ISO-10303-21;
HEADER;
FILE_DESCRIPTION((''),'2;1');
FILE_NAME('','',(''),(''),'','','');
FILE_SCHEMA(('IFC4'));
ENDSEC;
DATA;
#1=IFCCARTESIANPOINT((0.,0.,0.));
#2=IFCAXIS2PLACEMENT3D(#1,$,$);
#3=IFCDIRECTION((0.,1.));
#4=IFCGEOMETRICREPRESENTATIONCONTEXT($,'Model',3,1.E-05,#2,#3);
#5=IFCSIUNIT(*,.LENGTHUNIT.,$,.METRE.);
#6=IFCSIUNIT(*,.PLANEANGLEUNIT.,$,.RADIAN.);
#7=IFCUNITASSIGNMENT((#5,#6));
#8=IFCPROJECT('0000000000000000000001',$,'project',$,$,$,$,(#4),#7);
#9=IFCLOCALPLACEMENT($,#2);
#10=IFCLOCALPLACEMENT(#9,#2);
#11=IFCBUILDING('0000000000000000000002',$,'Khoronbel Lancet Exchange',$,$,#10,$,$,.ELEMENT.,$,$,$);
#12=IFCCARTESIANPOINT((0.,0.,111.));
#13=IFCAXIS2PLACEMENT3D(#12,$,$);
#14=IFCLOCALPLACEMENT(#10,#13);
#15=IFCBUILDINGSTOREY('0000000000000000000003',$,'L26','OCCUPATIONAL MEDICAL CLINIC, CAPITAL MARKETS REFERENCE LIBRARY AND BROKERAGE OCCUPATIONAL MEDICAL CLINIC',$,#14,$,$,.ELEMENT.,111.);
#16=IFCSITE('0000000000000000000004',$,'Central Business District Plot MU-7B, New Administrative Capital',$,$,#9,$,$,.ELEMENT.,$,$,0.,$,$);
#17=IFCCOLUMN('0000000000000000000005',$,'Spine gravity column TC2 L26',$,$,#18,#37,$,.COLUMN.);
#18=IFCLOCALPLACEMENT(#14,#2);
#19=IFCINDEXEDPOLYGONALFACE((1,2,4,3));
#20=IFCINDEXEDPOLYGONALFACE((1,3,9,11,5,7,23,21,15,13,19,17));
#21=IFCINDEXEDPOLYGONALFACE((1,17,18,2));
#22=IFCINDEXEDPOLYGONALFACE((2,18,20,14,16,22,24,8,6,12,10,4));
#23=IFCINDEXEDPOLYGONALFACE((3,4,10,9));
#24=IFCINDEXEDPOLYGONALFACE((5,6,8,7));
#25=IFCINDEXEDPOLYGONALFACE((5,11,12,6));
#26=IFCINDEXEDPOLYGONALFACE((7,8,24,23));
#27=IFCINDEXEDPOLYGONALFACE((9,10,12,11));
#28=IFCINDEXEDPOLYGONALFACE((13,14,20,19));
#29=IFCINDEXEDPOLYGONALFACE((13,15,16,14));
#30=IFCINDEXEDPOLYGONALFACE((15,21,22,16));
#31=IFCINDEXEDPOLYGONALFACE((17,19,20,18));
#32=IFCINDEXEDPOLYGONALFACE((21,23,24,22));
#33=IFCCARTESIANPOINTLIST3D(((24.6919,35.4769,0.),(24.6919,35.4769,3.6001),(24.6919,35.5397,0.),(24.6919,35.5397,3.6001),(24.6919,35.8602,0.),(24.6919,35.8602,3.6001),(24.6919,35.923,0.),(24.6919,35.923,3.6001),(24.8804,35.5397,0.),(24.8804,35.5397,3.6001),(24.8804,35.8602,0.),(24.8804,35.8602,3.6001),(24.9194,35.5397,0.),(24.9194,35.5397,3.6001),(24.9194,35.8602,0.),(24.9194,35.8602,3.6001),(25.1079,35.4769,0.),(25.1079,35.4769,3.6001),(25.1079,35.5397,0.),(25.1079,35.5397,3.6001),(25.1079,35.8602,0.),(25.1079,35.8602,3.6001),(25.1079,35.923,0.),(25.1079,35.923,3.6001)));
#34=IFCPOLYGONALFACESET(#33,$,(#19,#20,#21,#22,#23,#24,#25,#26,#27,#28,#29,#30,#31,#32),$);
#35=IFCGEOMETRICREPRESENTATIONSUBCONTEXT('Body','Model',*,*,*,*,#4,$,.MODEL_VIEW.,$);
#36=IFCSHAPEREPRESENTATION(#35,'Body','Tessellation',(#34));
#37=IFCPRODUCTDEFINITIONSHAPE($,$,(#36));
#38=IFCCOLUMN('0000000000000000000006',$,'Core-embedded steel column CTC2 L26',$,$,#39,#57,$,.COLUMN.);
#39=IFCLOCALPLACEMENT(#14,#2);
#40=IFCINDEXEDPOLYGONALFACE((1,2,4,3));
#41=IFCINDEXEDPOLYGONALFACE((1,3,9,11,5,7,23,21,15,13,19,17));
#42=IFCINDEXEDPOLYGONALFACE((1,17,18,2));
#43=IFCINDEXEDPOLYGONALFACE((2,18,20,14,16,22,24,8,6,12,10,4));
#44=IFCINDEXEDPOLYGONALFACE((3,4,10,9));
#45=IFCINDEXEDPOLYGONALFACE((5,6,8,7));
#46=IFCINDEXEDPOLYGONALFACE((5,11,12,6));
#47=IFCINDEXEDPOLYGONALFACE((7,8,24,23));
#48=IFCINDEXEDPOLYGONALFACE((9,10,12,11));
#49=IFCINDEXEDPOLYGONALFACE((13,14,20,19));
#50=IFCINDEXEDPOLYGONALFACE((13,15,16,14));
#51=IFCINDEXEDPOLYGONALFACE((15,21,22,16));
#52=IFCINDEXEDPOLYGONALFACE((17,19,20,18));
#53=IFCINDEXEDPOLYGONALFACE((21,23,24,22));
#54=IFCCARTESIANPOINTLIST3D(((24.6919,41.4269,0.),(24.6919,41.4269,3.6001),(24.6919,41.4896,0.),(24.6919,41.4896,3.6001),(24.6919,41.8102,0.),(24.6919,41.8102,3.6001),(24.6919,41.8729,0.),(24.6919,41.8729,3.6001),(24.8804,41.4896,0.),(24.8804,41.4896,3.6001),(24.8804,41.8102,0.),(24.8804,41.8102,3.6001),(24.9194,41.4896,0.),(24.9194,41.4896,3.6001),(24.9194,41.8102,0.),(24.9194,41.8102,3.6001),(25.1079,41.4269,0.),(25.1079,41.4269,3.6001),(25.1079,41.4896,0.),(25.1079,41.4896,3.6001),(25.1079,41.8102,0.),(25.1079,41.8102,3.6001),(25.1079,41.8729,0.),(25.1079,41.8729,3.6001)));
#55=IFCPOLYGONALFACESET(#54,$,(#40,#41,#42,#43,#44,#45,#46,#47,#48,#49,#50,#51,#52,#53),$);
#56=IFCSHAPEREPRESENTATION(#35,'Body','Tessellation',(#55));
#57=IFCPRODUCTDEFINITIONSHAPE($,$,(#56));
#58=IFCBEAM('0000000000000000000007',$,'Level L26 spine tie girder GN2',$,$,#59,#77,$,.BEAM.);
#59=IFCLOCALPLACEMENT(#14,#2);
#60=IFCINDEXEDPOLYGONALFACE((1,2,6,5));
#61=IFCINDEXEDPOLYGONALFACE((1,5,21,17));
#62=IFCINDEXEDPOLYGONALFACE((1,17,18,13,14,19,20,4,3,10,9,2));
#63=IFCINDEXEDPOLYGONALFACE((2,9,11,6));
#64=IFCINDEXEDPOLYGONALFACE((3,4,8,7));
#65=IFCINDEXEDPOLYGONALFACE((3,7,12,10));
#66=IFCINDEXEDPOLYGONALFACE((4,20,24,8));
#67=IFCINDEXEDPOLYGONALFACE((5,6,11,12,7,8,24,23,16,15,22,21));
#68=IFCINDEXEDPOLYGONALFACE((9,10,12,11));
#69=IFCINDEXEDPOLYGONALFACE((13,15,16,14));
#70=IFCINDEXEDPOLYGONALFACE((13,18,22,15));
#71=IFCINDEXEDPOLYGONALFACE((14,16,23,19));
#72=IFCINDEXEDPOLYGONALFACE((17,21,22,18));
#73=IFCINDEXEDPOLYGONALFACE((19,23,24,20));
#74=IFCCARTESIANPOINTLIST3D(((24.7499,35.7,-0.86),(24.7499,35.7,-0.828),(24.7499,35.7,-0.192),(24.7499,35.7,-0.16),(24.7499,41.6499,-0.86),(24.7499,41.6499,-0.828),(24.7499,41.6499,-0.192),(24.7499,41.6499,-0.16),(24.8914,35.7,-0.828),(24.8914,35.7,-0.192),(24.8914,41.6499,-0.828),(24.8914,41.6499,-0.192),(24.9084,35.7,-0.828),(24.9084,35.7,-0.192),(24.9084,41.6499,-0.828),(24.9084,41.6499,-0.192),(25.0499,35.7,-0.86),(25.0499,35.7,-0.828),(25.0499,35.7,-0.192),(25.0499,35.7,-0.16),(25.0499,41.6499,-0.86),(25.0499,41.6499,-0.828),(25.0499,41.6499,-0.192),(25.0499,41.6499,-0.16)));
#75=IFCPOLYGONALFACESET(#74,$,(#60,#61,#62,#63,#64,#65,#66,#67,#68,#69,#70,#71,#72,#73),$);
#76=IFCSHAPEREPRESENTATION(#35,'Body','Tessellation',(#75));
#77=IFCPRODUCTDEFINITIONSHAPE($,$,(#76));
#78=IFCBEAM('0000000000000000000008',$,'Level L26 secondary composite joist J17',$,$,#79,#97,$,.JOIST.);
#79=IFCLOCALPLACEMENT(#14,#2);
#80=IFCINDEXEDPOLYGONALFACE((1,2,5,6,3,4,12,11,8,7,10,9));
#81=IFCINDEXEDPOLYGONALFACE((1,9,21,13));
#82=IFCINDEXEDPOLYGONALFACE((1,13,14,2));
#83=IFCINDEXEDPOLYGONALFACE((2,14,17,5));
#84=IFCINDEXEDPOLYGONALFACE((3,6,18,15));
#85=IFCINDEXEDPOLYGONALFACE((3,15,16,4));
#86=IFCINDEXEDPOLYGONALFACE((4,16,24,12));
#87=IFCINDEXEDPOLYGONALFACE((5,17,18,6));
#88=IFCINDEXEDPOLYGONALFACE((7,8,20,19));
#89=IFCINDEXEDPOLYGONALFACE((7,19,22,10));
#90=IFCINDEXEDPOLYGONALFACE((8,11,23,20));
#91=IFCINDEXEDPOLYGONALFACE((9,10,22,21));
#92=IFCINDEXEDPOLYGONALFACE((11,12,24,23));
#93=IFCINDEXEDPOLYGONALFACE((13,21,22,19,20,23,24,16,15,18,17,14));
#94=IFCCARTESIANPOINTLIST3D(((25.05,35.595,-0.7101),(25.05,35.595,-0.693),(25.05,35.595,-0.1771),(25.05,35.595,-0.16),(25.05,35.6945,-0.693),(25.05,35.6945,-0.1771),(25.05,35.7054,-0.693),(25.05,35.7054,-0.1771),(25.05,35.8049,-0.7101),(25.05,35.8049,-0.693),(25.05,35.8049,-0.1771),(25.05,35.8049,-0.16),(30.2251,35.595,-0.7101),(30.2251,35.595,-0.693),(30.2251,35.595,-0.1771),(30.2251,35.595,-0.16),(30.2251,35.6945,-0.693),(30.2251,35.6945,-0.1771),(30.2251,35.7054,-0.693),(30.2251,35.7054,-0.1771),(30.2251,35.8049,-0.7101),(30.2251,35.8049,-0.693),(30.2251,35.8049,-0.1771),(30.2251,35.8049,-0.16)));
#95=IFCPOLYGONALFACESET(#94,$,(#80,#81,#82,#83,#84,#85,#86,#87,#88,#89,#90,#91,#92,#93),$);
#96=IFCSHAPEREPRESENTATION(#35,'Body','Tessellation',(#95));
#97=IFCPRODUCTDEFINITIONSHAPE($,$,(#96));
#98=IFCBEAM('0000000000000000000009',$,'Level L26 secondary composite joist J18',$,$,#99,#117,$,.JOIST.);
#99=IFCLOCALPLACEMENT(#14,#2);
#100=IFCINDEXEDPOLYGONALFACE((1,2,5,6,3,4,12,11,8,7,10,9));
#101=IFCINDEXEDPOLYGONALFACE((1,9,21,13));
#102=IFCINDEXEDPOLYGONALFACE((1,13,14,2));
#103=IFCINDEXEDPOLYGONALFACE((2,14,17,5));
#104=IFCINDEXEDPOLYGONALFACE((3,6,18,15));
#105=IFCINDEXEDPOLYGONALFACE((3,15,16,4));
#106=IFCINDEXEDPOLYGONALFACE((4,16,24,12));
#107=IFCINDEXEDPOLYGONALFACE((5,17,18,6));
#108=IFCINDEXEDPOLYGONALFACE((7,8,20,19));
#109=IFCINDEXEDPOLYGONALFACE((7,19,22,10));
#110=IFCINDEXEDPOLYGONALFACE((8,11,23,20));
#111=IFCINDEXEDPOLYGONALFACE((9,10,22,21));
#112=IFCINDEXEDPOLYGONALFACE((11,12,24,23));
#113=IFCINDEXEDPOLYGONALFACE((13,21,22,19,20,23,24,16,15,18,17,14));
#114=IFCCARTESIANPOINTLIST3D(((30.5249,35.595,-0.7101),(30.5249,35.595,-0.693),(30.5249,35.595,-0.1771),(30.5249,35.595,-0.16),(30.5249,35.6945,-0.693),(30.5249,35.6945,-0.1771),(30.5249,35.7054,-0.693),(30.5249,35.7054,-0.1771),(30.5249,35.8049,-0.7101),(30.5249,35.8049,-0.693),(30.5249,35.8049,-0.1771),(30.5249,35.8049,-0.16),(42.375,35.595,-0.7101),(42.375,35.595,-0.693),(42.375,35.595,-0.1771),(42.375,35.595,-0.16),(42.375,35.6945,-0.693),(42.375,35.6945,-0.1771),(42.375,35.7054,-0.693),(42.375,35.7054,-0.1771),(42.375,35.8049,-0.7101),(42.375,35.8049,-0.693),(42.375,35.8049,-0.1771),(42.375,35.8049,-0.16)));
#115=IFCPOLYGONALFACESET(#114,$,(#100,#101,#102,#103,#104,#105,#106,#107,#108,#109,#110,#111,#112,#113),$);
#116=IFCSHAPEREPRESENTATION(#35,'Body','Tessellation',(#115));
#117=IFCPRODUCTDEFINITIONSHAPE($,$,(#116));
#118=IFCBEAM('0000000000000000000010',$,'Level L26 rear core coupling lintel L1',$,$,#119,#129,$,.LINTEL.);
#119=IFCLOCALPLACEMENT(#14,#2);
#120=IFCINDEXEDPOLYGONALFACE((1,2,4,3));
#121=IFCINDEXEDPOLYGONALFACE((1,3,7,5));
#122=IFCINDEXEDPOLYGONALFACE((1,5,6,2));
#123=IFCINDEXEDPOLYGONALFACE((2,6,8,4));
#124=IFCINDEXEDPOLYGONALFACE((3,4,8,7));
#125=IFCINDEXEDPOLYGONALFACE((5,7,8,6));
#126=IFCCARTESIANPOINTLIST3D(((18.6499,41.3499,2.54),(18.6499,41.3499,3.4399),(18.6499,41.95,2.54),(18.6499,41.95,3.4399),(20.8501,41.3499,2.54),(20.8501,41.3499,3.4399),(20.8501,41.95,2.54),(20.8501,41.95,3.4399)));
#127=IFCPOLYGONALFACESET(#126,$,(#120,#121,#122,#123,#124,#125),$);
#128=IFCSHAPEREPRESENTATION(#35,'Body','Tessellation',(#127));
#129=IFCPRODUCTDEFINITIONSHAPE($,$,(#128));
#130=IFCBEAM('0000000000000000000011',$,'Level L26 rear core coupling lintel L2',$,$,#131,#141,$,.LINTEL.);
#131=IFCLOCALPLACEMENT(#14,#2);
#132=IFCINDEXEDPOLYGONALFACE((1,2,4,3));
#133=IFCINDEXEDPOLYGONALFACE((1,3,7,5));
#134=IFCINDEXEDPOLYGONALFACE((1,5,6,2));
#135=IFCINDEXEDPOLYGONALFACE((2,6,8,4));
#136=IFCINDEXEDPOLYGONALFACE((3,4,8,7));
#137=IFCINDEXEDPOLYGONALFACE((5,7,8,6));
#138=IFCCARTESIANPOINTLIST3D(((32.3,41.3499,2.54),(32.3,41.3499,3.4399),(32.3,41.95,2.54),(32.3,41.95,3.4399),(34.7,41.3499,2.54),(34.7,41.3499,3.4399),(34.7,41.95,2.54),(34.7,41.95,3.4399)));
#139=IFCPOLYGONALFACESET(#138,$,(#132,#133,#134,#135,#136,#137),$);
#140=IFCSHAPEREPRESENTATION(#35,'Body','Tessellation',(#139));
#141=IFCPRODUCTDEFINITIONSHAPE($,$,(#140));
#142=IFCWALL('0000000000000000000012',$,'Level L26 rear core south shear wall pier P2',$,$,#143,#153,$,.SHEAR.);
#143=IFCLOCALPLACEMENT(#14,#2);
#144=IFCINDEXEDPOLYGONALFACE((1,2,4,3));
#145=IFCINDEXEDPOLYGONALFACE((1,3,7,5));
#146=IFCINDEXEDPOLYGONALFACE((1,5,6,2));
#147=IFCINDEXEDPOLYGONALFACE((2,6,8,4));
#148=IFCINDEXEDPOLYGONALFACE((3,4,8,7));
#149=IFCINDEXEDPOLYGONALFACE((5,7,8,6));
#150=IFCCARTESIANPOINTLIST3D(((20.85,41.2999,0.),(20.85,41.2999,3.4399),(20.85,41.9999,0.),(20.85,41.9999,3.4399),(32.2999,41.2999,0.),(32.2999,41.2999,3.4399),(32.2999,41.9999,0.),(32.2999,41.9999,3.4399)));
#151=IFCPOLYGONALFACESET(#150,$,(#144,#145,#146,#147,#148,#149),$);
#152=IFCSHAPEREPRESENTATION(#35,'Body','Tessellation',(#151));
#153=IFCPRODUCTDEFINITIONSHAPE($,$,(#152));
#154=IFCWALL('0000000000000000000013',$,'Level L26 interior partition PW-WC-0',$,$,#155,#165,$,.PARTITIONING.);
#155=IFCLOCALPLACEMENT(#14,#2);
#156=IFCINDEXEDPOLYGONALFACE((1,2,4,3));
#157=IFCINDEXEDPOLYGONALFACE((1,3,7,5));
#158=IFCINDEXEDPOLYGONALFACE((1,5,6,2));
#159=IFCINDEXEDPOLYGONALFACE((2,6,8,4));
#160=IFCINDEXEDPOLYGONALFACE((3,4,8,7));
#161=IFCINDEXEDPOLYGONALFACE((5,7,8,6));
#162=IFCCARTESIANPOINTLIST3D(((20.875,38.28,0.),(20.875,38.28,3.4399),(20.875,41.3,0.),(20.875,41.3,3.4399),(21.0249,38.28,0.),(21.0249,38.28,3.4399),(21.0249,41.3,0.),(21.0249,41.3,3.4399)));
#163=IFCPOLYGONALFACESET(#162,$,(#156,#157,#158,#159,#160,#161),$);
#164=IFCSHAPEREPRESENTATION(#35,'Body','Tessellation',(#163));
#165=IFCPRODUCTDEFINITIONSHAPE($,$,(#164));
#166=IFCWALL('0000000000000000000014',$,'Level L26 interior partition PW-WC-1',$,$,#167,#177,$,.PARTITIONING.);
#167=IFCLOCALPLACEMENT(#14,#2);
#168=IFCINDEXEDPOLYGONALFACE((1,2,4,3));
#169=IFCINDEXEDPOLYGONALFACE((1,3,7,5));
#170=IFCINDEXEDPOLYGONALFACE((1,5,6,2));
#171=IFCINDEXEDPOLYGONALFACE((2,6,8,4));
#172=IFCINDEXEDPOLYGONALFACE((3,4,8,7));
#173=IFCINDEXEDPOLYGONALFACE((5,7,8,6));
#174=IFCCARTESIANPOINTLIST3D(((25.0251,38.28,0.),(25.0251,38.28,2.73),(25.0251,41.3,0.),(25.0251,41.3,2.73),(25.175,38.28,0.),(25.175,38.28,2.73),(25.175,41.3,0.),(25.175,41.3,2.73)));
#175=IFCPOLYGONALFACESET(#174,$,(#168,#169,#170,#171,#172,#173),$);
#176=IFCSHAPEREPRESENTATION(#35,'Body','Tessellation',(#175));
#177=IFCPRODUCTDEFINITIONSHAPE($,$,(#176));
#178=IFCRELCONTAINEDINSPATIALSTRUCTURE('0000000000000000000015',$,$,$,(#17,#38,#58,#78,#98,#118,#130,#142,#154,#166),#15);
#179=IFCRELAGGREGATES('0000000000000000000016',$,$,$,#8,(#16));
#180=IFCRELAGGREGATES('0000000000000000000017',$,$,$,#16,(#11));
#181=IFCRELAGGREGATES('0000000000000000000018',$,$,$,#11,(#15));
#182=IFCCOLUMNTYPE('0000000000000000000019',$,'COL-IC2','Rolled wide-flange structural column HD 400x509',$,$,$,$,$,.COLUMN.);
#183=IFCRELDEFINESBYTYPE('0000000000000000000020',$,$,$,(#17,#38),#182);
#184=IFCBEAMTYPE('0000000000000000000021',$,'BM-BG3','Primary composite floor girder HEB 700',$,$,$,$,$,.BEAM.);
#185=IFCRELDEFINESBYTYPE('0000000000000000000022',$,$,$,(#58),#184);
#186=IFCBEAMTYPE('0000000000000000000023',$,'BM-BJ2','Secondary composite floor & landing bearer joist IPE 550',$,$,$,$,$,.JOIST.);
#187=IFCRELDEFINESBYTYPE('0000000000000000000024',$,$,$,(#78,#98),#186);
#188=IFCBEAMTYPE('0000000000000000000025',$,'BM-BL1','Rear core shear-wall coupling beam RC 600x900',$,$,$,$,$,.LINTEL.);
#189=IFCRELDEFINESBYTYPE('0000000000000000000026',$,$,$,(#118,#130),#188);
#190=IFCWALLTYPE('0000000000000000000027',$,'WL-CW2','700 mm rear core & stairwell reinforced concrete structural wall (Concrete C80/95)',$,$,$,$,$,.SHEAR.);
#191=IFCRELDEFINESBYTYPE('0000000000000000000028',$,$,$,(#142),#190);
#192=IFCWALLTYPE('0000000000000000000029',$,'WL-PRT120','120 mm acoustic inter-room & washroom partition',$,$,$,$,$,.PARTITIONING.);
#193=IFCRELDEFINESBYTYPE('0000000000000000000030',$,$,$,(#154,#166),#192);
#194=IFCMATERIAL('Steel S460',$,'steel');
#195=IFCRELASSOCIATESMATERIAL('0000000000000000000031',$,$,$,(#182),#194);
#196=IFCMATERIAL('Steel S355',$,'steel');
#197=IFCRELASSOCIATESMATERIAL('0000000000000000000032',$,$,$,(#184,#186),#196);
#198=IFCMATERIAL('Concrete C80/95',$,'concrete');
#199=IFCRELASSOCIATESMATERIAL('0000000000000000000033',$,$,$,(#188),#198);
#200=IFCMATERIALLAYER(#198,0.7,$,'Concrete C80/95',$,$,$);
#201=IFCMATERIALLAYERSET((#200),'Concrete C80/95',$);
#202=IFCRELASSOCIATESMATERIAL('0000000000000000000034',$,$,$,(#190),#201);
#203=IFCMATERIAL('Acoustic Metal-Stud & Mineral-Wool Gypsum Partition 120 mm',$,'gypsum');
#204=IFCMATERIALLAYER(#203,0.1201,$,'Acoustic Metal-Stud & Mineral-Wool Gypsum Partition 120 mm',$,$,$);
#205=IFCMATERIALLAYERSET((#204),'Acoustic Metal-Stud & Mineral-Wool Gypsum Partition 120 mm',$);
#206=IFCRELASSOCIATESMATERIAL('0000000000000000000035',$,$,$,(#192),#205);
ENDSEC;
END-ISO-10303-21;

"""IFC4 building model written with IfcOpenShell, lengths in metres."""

from ifc_helpers import new_model, si_unit, direction, frame, frame_2d, origin, origin_2d, place, context, subcontext, project, spatial, rectangle, i_section, extrude, material, layer, layer_set, material_profile, profile_set, type_object, element, save


model = new_model("IFC4")

# Units and contexts
model_context = context("Model", 3, precision=1e-05, world=origin(), true_north=direction((0.0, 1.0)))
body_context = subcontext(model_context, "Body", "Model", "MODEL_VIEW")
ifc_project = project(units=[si_unit("LENGTHUNIT", "METRE"), si_unit("PLANEANGLEUNIT", "RADIAN")], contexts=[model_context])

# Site, building, storey
site_placement = place(None, origin())
site = spatial("IfcSite", under=ifc_project, at=site_placement, Name="Central Business District Plot MU-7B, New Administrative Capital", CompositionType="ELEMENT", RefElevation=0.0)
building_placement = place(site_placement, origin())
building = spatial("IfcBuilding", under=site, at=building_placement, Name="Khoronbel Lancet Exchange", CompositionType="ELEMENT")
storey_placement = place(building_placement, frame((0.0, 0.0, 111.0)))
storey = spatial("IfcBuildingStorey", under=building, at=storey_placement, Name="L26", Description="OCCUPATIONAL MEDICAL CLINIC, CAPITAL MARKETS REFERENCE LIBRARY AND BROKERAGE OCCUPATIONAL MEDICAL CLINIC", CompositionType="ELEMENT", Elevation=111.0)

# Columns
ifc_material_1 = material(Name="Steel S460", Category="steel")
ifc_material_profile_1 = material_profile(ifc_material_1, i_section(OverallWidth=0.416, OverallDepth=0.446, WebThickness=0.0391, FlangeThickness=0.0627, at=origin_2d()), Name="HD 400x509")
ifc_profile_set_1 = profile_set([ifc_material_profile_1], Name="Steel S460")
column_type = type_object("IfcColumnType", Name="COL-IC2", Description="Rolled wide-flange structural column HD 400x509", PredefinedType="COLUMN", material=ifc_profile_set_1)
for number, where, z_axis, x_axis, name in (
    (1, (24.8999, 35.7, 0.0), (0.0, 0.0, 1.0), (1.0, 0.0, 0.0), "Spine gravity column TC2 L26"),
    (2, (24.8999, 41.6499, 0.0), (0.0, 0.0, 1.0), (1.0, 0.0, 0.0), "Core-embedded steel column CTC2 L26"),
):
    element("IfcColumn", number, at=place(storey_placement, frame(where, z_axis=z_axis, x_axis=x_axis)), inside=storey, type_object=column_type, Name=name, PredefinedType="COLUMN", context=body_context, shape_type="SweptSolid", body=[
        extrude(i_section(OverallWidth=0.416, OverallDepth=0.446, WebThickness=0.0391, FlangeThickness=0.0627, at=origin_2d()), origin(), (0.0, 0.0, 1.0), 3.6001),
    ])

# Beams
ifc_material_2 = material(Name="Steel S355", Category="steel")
ifc_material_profile_2 = material_profile(ifc_material_2, i_section(OverallWidth=0.3, OverallDepth=0.7, WebThickness=0.0171, FlangeThickness=0.032, at=origin_2d()), Name="HEB 700")
ifc_profile_set_2 = profile_set([ifc_material_profile_2], Name="Steel S355")
beam_type_1 = type_object("IfcBeamType", Name="BM-BG3", Description="Primary composite floor girder HEB 700", PredefinedType="BEAM", material=ifc_profile_set_2)
beam_1_placement = place(storey_placement, frame((24.8999, 35.7, -0.51), z_axis=(0.0, 1.0, 0.0), x_axis=(-1.0, 0.0, 0.0)))
element("IfcBeam", 3, at=beam_1_placement, inside=storey, type_object=beam_type_1, Name="Level L26 spine tie girder GN2", PredefinedType="BEAM", context=body_context, shape_type="SweptSolid", body=[
    extrude(i_section(OverallWidth=0.3, OverallDepth=0.7, WebThickness=0.0171, FlangeThickness=0.032, at=origin_2d()), origin(), (0.0, 0.0, 1.0), 5.95),
])
ifc_material_profile_3 = material_profile(ifc_material_2, i_section(OverallWidth=0.21, OverallDepth=0.55, WebThickness=0.011, FlangeThickness=0.0171, at=origin_2d()), Name="IPE 550")
ifc_profile_set_3 = profile_set([ifc_material_profile_3], Name="Steel S355")
beam_type_2 = type_object("IfcBeamType", Name="BM-BJ2", Description="Secondary composite floor & landing bearer joist IPE 550", PredefinedType="JOIST", material=ifc_profile_set_3)
beam_2_placement = place(storey_placement, frame((25.05, 35.7, -0.4351), z_axis=(1.0, 0.0, 0.0), x_axis=(0.0, 1.0, 0.0)))
element("IfcBeam", 4, at=beam_2_placement, inside=storey, type_object=beam_type_2, Name="Level L26 secondary composite joist J17", PredefinedType="JOIST", context=body_context, shape_type="SweptSolid", body=[
    extrude(i_section(OverallWidth=0.21, OverallDepth=0.55, WebThickness=0.011, FlangeThickness=0.0171, at=origin_2d()), origin(), (0.0, 0.0, 1.0), 5.175),
])
beam_3_placement = place(storey_placement, frame((30.5249, 35.7, -0.4351), z_axis=(1.0, 0.0, 0.0), x_axis=(0.0, 1.0, 0.0)))
element("IfcBeam", 5, at=beam_3_placement, inside=storey, type_object=beam_type_2, Name="Level L26 secondary composite joist J18", PredefinedType="JOIST", context=body_context, shape_type="SweptSolid", body=[
    extrude(i_section(OverallWidth=0.21, OverallDepth=0.55, WebThickness=0.011, FlangeThickness=0.0171, at=origin_2d()), origin(), (0.0, 0.0, 1.0), 11.8501),
])
ifc_material_3 = material(Name="Concrete C80/95", Category="concrete")
ifc_material_profile_4 = material_profile(ifc_material_3, rectangle(XDim=0.6001, YDim=0.8999, at=origin_2d()), Name="RC 600x900")
ifc_profile_set_4 = profile_set([ifc_material_profile_4], Name="Concrete C80/95")
beam_type_3 = type_object("IfcBeamType", Name="BM-BL1", Description="Rear core shear-wall coupling beam RC 600x900", PredefinedType="LINTEL", material=ifc_profile_set_4)
beam_4_placement = place(storey_placement, frame((18.6499, 41.6499, 2.99), z_axis=(1.0, 0.0, 0.0), x_axis=(0.0, 1.0, 0.0)))
element("IfcBeam", 6, at=beam_4_placement, inside=storey, type_object=beam_type_3, Name="Level L26 rear core coupling lintel L1", PredefinedType="LINTEL", context=body_context, shape_type="SweptSolid", body=[
    extrude(rectangle(XDim=0.6001, YDim=0.8999, at=origin_2d()), origin(), (0.0, 0.0, 1.0), 2.2002),
])
beam_5_placement = place(storey_placement, frame((32.3, 41.6499, 2.99), z_axis=(1.0, 0.0, 0.0), x_axis=(0.0, 1.0, 0.0)))
element("IfcBeam", 7, at=beam_5_placement, inside=storey, type_object=beam_type_3, Name="Level L26 rear core coupling lintel L2", PredefinedType="LINTEL", context=body_context, shape_type="SweptSolid", body=[
    extrude(rectangle(XDim=0.6001, YDim=0.8999, at=origin_2d()), origin(), (0.0, 0.0, 1.0), 2.3999),
])

# Walls
ifc_layer_1 = layer(ifc_material_3, 0.7, Name="Concrete C80/95")
ifc_layer_set_1 = layer_set([ifc_layer_1], Name="Concrete C80/95")
wall_type_1 = type_object("IfcWallType", Name="WL-CW2", Description="700 mm rear core & stairwell reinforced concrete structural wall (Concrete C80/95)", PredefinedType="SHEAR", material=ifc_layer_set_1)
wall_1_placement = place(storey_placement, frame((32.3, 41.6499, 0.0), z_axis=(0.0, 0.0, 1.0), x_axis=(-1.0, 0.0, 0.0)))
element("IfcWall", 8, at=wall_1_placement, inside=storey, type_object=wall_type_1, Name="Level L26 rear core south shear wall pier P2", PredefinedType="SHEAR", context=body_context, shape_type="SweptSolid", body=[
    extrude(rectangle(XDim=11.45, YDim=0.7, at=frame_2d((5.7251, 0.0))), origin(), (0.0, 0.0, 1.0), 3.4399),
])
ifc_material_4 = material(Name="Acoustic Metal-Stud & Mineral-Wool Gypsum Partition 120 mm", Category="gypsum")
ifc_layer_2 = layer(ifc_material_4, 0.1201, Name="Acoustic Metal-Stud & Mineral-Wool Gypsum Partition 120 mm")
ifc_layer_set_2 = layer_set([ifc_layer_2], Name="Acoustic Metal-Stud & Mineral-Wool Gypsum Partition 120 mm")
wall_type_2 = type_object("IfcWallType", Name="WL-PRT120", Description="120 mm acoustic inter-room & washroom partition", PredefinedType="PARTITIONING", material=ifc_layer_set_2)
wall_2_placement = place(storey_placement, frame((20.95, 38.28, 0.0), z_axis=(0.0, 0.0, 1.0), x_axis=(0.0, 1.0, 0.0)))
element("IfcWall", 9, at=wall_2_placement, inside=storey, type_object=wall_type_2, Name="Level L26 interior partition PW-WC-0", PredefinedType="PARTITIONING", context=body_context, shape_type="SweptSolid", body=[
    extrude(rectangle(XDim=3.02, YDim=0.1499, at=frame_2d((1.51, 0.0))), origin(), (0.0, 0.0, 1.0), 3.4399),
])
wall_3_placement = place(storey_placement, frame((25.1001, 38.28, 0.0), z_axis=(0.0, 0.0, 1.0), x_axis=(0.0, 1.0, 0.0)))
element("IfcWall", 10, at=wall_3_placement, inside=storey, type_object=wall_type_2, Name="Level L26 interior partition PW-WC-1", PredefinedType="PARTITIONING", context=body_context, shape_type="SweptSolid", body=[
    extrude(rectangle(XDim=3.02, YDim=0.1499, at=frame_2d((1.51, 0.0))), origin(), (0.0, 0.0, 1.0), 2.73),
])

save(model, "model.ifc")
